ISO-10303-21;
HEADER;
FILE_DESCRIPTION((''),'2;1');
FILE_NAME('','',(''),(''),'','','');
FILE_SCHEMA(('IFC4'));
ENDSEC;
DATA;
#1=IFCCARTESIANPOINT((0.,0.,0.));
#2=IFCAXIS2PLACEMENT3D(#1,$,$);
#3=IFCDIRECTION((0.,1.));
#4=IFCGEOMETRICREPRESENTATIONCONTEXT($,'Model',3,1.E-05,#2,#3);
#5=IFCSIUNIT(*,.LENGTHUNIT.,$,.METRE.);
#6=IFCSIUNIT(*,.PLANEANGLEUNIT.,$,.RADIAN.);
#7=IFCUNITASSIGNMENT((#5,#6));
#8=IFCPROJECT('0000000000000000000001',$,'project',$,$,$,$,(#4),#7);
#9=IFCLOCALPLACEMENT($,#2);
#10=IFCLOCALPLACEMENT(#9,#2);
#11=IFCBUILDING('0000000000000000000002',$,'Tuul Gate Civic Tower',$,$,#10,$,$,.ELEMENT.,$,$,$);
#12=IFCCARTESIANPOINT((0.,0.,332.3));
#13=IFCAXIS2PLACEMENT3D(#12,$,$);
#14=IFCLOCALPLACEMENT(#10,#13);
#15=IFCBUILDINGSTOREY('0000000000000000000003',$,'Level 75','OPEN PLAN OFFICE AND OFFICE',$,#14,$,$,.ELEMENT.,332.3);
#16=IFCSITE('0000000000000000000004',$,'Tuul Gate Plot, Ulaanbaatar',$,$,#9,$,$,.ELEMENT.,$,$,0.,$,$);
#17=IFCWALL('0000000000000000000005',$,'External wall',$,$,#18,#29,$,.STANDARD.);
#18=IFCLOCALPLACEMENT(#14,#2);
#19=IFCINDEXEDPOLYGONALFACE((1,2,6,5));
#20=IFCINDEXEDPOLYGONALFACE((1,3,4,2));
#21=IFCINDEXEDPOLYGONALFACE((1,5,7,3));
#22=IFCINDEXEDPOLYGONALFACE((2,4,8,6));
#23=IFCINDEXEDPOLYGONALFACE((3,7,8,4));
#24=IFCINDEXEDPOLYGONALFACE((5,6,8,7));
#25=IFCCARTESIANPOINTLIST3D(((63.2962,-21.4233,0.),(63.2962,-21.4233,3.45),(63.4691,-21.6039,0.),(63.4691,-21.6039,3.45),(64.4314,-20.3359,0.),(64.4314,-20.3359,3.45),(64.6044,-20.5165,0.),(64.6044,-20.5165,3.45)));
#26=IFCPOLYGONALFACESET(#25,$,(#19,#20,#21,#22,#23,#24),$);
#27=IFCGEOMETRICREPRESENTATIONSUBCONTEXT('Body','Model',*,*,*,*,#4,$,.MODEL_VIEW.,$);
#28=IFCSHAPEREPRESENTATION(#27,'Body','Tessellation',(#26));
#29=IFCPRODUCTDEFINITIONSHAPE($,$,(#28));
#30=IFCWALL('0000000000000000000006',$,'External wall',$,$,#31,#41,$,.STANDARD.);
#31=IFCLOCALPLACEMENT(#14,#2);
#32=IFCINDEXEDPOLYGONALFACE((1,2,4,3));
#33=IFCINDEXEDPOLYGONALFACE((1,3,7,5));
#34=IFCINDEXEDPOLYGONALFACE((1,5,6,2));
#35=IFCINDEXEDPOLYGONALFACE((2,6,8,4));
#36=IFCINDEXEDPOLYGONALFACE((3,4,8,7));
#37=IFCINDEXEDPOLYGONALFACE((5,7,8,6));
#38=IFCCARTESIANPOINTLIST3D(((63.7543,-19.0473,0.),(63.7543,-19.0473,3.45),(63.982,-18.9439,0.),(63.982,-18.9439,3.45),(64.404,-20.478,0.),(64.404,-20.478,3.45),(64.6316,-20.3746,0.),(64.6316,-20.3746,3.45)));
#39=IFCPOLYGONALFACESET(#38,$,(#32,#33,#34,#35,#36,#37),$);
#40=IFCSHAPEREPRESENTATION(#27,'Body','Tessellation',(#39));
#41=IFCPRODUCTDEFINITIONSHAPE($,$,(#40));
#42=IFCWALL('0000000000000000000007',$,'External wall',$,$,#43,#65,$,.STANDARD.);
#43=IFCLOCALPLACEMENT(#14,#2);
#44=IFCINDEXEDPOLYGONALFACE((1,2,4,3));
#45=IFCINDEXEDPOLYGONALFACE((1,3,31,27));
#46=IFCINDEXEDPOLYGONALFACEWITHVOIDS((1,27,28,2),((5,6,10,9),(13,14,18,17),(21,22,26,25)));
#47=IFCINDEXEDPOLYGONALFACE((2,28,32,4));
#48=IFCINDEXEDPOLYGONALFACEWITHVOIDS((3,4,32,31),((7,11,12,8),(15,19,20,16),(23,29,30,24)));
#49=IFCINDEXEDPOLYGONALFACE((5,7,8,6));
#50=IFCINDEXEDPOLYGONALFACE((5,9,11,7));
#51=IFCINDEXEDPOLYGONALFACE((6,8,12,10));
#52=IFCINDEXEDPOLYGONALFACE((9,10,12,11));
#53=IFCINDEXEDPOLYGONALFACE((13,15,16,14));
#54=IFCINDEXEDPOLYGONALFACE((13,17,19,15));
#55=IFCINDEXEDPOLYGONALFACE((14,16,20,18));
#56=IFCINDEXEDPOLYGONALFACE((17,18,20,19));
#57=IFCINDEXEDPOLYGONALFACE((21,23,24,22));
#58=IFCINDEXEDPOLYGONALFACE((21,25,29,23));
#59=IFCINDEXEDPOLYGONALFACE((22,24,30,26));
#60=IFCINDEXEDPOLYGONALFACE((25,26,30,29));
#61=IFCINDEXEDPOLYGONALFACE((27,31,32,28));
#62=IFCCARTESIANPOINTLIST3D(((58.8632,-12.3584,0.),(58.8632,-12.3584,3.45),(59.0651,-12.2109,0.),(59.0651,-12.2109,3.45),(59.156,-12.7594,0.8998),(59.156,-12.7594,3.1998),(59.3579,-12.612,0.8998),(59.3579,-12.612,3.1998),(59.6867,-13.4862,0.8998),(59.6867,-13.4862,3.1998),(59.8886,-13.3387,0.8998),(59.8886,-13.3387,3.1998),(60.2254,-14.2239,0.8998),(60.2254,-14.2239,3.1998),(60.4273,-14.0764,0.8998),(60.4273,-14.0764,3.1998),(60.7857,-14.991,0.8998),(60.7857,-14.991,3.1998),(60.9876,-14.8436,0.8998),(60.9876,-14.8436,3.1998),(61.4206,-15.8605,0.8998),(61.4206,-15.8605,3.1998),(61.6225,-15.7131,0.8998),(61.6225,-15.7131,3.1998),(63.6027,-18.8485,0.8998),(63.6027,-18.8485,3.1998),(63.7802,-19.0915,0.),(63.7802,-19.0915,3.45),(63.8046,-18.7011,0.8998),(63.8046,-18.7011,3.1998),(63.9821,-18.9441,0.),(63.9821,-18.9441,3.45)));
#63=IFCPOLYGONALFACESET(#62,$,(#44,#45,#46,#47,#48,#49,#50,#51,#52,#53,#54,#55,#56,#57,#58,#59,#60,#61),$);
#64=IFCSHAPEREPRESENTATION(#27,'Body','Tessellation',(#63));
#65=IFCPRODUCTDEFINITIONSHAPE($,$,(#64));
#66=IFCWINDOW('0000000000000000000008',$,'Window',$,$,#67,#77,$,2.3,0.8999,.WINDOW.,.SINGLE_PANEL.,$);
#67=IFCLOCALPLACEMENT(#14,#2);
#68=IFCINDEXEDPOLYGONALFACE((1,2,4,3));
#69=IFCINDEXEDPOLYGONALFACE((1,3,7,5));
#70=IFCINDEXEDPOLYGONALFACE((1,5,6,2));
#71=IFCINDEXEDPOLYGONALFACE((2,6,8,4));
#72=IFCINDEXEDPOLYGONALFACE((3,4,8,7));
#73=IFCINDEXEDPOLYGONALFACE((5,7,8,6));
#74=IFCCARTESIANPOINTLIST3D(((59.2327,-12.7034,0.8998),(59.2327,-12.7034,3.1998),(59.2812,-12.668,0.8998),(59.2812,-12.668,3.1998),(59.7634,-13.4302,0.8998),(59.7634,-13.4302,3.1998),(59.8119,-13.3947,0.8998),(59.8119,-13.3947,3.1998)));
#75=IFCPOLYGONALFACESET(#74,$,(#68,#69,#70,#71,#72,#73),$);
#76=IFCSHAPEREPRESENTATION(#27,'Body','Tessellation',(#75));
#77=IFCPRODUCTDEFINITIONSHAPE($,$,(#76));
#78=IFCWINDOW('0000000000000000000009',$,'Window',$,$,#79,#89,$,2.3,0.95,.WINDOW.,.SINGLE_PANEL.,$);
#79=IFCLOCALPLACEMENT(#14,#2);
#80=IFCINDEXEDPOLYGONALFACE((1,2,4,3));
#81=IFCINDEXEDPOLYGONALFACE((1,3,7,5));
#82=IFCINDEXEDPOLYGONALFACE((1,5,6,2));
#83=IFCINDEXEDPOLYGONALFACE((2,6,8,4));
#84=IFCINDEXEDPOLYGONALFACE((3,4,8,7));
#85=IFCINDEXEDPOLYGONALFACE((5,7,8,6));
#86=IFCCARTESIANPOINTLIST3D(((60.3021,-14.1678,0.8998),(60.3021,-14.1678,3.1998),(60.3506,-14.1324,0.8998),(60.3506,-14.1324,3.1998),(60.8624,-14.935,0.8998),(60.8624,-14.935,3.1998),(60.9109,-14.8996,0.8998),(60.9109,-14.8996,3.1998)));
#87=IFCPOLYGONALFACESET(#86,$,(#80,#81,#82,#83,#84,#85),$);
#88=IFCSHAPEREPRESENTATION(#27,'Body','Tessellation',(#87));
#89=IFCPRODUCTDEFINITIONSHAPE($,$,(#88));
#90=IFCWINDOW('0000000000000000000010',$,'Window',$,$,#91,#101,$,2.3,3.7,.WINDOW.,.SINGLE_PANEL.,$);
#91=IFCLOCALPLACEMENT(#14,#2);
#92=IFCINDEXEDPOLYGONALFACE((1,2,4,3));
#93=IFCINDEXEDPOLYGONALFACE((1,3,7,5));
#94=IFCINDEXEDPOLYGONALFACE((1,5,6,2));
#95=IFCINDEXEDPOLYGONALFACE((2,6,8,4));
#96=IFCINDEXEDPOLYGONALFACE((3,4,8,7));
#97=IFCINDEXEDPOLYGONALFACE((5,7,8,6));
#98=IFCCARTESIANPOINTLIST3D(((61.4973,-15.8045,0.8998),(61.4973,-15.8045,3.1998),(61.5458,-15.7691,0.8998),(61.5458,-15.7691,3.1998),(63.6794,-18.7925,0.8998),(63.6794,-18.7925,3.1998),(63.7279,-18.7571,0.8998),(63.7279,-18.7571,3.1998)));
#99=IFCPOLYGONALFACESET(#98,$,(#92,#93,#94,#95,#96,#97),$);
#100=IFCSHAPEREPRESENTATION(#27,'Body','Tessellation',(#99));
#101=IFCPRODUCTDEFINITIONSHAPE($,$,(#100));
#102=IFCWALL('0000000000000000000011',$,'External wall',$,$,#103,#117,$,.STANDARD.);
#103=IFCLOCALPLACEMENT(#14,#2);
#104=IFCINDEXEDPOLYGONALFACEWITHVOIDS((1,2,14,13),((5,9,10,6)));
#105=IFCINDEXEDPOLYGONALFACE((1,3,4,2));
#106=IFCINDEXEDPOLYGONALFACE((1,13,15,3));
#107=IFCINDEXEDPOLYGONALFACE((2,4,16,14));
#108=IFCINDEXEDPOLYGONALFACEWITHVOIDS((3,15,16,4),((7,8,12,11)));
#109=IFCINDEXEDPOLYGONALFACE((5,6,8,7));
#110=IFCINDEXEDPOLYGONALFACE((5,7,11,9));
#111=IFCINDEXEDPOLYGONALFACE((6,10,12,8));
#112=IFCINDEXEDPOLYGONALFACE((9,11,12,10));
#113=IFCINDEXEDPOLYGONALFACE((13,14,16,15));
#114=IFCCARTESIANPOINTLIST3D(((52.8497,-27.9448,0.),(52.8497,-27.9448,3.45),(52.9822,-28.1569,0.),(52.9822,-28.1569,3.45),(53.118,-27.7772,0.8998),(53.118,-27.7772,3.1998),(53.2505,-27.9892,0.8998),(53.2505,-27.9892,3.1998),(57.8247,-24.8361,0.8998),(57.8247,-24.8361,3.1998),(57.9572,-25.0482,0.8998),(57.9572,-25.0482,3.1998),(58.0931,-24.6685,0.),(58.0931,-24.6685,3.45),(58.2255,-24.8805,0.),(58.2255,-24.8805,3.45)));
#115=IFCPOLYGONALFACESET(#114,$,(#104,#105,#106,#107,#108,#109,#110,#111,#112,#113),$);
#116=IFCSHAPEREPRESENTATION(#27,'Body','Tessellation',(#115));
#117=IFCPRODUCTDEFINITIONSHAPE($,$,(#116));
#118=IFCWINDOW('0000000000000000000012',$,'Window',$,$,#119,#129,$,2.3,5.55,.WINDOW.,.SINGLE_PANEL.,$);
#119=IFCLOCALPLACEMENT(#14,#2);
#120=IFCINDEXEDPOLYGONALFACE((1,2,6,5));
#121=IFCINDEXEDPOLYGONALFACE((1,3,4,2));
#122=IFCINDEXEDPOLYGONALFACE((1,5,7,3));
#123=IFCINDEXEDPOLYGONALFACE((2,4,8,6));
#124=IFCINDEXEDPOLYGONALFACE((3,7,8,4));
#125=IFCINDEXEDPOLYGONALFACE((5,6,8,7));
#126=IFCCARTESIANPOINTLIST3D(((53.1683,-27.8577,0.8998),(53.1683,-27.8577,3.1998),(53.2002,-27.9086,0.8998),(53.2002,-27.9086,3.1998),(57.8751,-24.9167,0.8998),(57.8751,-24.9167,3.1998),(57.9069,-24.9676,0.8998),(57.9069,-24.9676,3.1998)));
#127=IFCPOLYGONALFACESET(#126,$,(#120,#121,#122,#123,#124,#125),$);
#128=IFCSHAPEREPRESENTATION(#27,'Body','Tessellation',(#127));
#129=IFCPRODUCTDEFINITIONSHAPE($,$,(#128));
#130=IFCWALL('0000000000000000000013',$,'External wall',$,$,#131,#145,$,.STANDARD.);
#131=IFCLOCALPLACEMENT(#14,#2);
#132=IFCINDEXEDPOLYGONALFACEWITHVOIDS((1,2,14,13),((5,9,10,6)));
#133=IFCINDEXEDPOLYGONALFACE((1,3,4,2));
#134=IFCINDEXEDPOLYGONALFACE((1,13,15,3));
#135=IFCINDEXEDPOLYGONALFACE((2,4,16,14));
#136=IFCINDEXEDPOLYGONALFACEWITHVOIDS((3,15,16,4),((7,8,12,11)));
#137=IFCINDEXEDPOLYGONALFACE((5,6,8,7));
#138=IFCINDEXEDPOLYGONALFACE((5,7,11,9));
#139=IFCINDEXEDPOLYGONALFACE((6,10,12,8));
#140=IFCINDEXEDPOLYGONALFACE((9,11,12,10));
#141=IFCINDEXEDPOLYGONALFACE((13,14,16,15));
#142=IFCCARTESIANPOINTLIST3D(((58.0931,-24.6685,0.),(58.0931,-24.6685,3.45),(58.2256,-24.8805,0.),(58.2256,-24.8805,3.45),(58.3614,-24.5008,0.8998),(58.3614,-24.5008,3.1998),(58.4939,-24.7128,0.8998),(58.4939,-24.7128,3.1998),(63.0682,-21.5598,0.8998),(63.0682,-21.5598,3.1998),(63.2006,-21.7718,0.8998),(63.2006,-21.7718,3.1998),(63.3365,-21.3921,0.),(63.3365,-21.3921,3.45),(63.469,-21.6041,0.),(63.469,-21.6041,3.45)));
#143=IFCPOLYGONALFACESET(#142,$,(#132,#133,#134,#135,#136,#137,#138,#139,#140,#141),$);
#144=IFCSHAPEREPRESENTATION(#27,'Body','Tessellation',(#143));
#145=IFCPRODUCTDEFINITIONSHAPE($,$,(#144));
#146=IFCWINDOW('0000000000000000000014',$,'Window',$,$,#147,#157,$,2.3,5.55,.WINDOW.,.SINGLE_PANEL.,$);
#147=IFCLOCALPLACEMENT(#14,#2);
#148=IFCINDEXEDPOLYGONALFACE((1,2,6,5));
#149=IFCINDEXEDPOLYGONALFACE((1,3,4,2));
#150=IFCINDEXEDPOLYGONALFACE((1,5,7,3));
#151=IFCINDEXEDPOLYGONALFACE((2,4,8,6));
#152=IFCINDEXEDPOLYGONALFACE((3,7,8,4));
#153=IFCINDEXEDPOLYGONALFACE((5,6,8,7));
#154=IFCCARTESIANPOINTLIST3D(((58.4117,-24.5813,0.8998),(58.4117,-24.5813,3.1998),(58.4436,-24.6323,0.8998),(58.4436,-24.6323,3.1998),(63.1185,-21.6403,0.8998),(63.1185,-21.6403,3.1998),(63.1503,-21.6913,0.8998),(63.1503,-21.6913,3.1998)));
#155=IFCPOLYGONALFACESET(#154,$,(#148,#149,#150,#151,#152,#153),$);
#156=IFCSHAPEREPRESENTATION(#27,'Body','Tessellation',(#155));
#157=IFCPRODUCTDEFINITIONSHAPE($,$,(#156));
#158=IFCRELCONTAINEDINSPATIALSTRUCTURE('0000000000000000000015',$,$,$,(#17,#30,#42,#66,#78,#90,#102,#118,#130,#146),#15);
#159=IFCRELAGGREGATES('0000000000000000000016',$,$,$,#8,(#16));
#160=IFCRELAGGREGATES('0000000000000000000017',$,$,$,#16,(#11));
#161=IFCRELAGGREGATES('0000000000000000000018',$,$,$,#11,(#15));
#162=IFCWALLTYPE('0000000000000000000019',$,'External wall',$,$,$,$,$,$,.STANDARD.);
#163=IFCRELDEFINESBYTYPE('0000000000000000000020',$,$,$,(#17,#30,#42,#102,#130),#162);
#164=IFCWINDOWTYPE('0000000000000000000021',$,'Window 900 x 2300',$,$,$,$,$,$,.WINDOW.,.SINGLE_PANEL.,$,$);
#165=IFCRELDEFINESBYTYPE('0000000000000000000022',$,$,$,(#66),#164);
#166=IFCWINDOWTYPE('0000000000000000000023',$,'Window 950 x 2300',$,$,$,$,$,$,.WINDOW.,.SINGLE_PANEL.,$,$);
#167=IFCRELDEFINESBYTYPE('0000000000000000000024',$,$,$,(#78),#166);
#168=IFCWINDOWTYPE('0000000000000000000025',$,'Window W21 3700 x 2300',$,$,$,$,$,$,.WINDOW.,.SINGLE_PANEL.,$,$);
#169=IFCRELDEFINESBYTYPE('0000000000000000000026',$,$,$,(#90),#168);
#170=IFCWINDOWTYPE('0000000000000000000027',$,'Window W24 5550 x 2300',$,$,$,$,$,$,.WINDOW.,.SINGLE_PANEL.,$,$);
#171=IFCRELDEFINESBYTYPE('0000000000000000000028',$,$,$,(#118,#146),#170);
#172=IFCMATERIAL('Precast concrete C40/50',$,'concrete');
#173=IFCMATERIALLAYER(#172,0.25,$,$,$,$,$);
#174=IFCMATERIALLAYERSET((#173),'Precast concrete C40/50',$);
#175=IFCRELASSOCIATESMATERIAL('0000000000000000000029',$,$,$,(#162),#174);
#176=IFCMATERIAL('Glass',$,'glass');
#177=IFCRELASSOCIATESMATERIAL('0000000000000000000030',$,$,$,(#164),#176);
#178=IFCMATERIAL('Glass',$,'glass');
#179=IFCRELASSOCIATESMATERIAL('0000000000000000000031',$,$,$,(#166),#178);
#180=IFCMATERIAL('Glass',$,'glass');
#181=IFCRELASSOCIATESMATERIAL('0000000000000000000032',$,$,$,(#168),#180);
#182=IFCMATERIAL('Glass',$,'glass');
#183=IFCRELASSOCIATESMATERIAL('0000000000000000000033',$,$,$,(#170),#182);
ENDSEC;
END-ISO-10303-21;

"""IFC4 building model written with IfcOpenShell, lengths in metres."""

from ifc_helpers import new_model, si_unit, direction, frame, frame_2d, origin, place, context, subcontext, project, spatial, rectangle, extrude, material, layer, layer_set, type_object, element, fill, save


model = new_model("IFC4")

# Units and contexts
model_context = context("Model", 3, precision=1e-05, world=origin(), true_north=direction((0.0, 1.0)))
body_context = subcontext(model_context, "Body", "Model", "MODEL_VIEW")
ifc_project = project(units=[si_unit("LENGTHUNIT", "METRE"), si_unit("PLANEANGLEUNIT", "RADIAN")], contexts=[model_context])

# Site, building, storey
site_placement = place(None, origin())
site = spatial("IfcSite", under=ifc_project, at=site_placement, Name="Tuul Gate Plot, Ulaanbaatar", CompositionType="ELEMENT", RefElevation=0.0)
building_placement = place(site_placement, origin())
building = spatial("IfcBuilding", under=site, at=building_placement, Name="Tuul Gate Civic Tower", CompositionType="ELEMENT")
storey_placement = place(building_placement, frame((0.0, 0.0, 332.3)))
storey = spatial("IfcBuildingStorey", under=building, at=storey_placement, Name="Level 75", Description="OPEN PLAN OFFICE AND OFFICE", CompositionType="ELEMENT", Elevation=332.3)

# Walls
ifc_material_1 = material(Name="Precast concrete C40/50", Category="concrete")
ifc_layer_1 = layer(ifc_material_1, 0.25)
ifc_layer_set_1 = layer_set([ifc_layer_1], Name="Precast concrete C40/50")
wall_type_1 = type_object("IfcWallType", Name="External wall", PredefinedType="STANDARD", material=ifc_layer_set_1)
wall_1_placement = place(storey_placement, frame((63.3826, -21.5137, 0.0), z_axis=(0.0, 0.0, 1.0), x_axis=(0.722163, 0.691723, 0.0)))
element("IfcWall", 1, at=wall_1_placement, inside=storey, type_object=wall_type_1, Name="External wall", PredefinedType="STANDARD", context=body_context, shape_type="SweptSolid", body=[
    extrude(rectangle(XDim=1.572, YDim=0.25, at=frame_2d((0.7861, 0.0))), origin(), (0.0, 0.0, 1.0), 3.45),
])
wall_2_placement = place(storey_placement, frame((64.5178, -20.4263, 0.0), z_axis=(0.0, 0.0, 1.0), x_axis=(-0.413463, 0.910521, 0.0)))
element("IfcWall", 2, at=wall_2_placement, inside=storey, type_object=wall_type_1, Name="External wall", PredefinedType="STANDARD", context=body_context, shape_type="SweptSolid", body=[
    extrude(rectangle(XDim=1.5713, YDim=0.25, at=frame_2d((0.7856, 0.0))), origin(), (0.0, 0.0, 1.0), 3.45),
])

# Wall, openings, windows
wall_3_placement = place(storey_placement, frame((63.8811, -19.0178, 0.0), z_axis=(0.0, 0.0, 1.0), x_axis=(-0.589752, 0.807585, 0.0)))
wall_3 = element("IfcWall", 3, at=wall_3_placement, inside=storey, type_object=wall_type_1, Name="External wall", PredefinedType="STANDARD", context=body_context, shape_type="SweptSolid", body=[
    extrude(rectangle(XDim=8.3374, YDim=0.25, at=frame_2d((4.1687, 0.0))), origin(), (0.0, 0.0, 1.0), 3.45),
])
opening_1_placement = place(wall_3_placement, frame((0.3008, 0.0, 0.8999)))
opening_1 = element("IfcOpeningElement", 4, at=opening_1_placement, cuts=wall_3, PredefinedType="OPENING", context=body_context, shape_type="SweptSolid", body=[
    extrude(rectangle(XDim=3.7, YDim=2.3, at=frame_2d((1.8501, 1.1499))), frame((0.0, 0.135, 0.0), z_axis=(0.0, -1.0, 0.0), x_axis=(1.0, 0.0, 0.0)), (0.0, 0.0, 1.0), 0.27),
])
opening_2_placement = place(wall_3_placement, frame((5.0774, 0.0, 0.8999)))
opening_2 = element("IfcOpeningElement", 5, at=opening_2_placement, cuts=wall_3, PredefinedType="OPENING", context=body_context, shape_type="SweptSolid", body=[
    extrude(rectangle(XDim=0.95, YDim=2.3, at=frame_2d((0.4751, 1.1499))), frame((0.0, 0.135, 0.0), z_axis=(0.0, -1.0, 0.0), x_axis=(1.0, 0.0, 0.0)), (0.0, 0.0, 1.0), 0.27),
])
opening_3_placement = place(wall_3_placement, frame((6.9409, 0.0, 0.8999)))
opening_3 = element("IfcOpeningElement", 6, at=opening_3_placement, cuts=wall_3, PredefinedType="OPENING", context=body_context, shape_type="SweptSolid", body=[
    extrude(rectangle(XDim=0.8999, YDim=2.3, at=frame_2d((0.45, 1.1499))), frame((0.0, 0.135, 0.0), z_axis=(0.0, -1.0, 0.0), x_axis=(1.0, 0.0, 0.0)), (0.0, 0.0, 1.0), 0.27),
])
ifc_material_2 = material(Name="Glass", Category="glass")
window_type_1 = type_object("IfcWindowType", Name="Window 900 x 2300", PartitioningType="SINGLE_PANEL", PredefinedType="WINDOW", material=ifc_material_2)
window_1_placement = place(opening_3_placement, origin())
window_1 = element("IfcWindow", 7, at=window_1_placement, inside=storey, type_object=window_type_1, Name="Window", OverallHeight=2.3, OverallWidth=0.8999, PartitioningType="SINGLE_PANEL", PredefinedType="WINDOW", context=body_context, shape_type="SweptSolid", body=[
    extrude(rectangle(XDim=0.8999, YDim=2.3, at=frame_2d((0.45, 1.1499))), frame((0.0, 0.03, 0.0), z_axis=(0.0, -1.0, 0.0), x_axis=(1.0, 0.0, 0.0)), (0.0, 0.0, 1.0), 0.0601),
])
fill(opening_3, window_1)
ifc_material_3 = material(Name="Glass", Category="glass")
window_type_2 = type_object("IfcWindowType", Name="Window 950 x 2300", PartitioningType="SINGLE_PANEL", PredefinedType="WINDOW", material=ifc_material_3)
window_2_placement = place(opening_2_placement, origin())
window_2 = element("IfcWindow", 8, at=window_2_placement, inside=storey, type_object=window_type_2, Name="Window", OverallHeight=2.3, OverallWidth=0.95, PartitioningType="SINGLE_PANEL", PredefinedType="WINDOW", context=body_context, shape_type="SweptSolid", body=[
    extrude(rectangle(XDim=0.95, YDim=2.3, at=frame_2d((0.4751, 1.1499))), frame((0.0, 0.03, 0.0), z_axis=(0.0, -1.0, 0.0), x_axis=(1.0, 0.0, 0.0)), (0.0, 0.0, 1.0), 0.0601),
])
fill(opening_2, window_2)
ifc_material_4 = material(Name="Glass", Category="glass")
window_type_3 = type_object("IfcWindowType", Name="Window W21 3700 x 2300", PartitioningType="SINGLE_PANEL", PredefinedType="WINDOW", material=ifc_material_4)
window_3_placement = place(opening_1_placement, origin())
window_3 = element("IfcWindow", 9, at=window_3_placement, inside=storey, type_object=window_type_3, Name="Window", OverallHeight=2.3, OverallWidth=3.7, PartitioningType="SINGLE_PANEL", PredefinedType="WINDOW", context=body_context, shape_type="SweptSolid", body=[
    extrude(rectangle(XDim=3.7, YDim=2.3, at=frame_2d((1.8501, 1.1499))), frame((0.0, 0.03, 0.0), z_axis=(0.0, -1.0, 0.0), x_axis=(1.0, 0.0, 0.0)), (0.0, 0.0, 1.0), 0.0601),
])
fill(opening_1, window_3)

# Walls, openings, windows
wall_4_placement = place(storey_placement, frame((52.916, -28.0508, 0.0), z_axis=(0.0, 0.0, 1.0), x_axis=(0.848054, 0.52991, 0.0)))
wall_4 = element("IfcWall", 10, at=wall_4_placement, inside=storey, type_object=wall_type_1, Name="External wall", PredefinedType="STANDARD", context=body_context, shape_type="SweptSolid", body=[
    extrude(rectangle(XDim=6.1829, YDim=0.25, at=frame_2d((3.0913, 0.0))), origin(), (0.0, 0.0, 1.0), 3.45),
])
opening_4_placement = place(wall_4_placement, frame((0.3164, 0.0, 0.8999)))
opening_4 = element("IfcOpeningElement", 11, at=opening_4_placement, cuts=wall_4, PredefinedType="OPENING", context=body_context, shape_type="SweptSolid", body=[
    extrude(rectangle(XDim=5.55, YDim=2.3, at=frame_2d((2.7749, 1.1499))), frame((0.0, 0.135, 0.0), z_axis=(0.0, -1.0, 0.0), x_axis=(1.0, 0.0, 0.0)), (0.0, 0.0, 1.0), 0.27),
])
ifc_material_5 = material(Name="Glass", Category="glass")
window_type_4 = type_object("IfcWindowType", Name="Window W24 5550 x 2300", PartitioningType="SINGLE_PANEL", PredefinedType="WINDOW", material=ifc_material_5)
window_4_placement = place(opening_4_placement, origin())
window_4 = element("IfcWindow", 12, at=window_4_placement, inside=storey, type_object=window_type_4, Name="Window", OverallHeight=2.3, OverallWidth=5.55, PartitioningType="SINGLE_PANEL", PredefinedType="WINDOW", context=body_context, shape_type="SweptSolid", body=[
    extrude(rectangle(XDim=5.55, YDim=2.3, at=frame_2d((2.7749, 1.1499))), frame((0.0, 0.03, 0.0), z_axis=(0.0, -1.0, 0.0), x_axis=(1.0, 0.0, 0.0)), (0.0, 0.0, 1.0), 0.0601),
])
fill(opening_4, window_4)
wall_5_placement = place(storey_placement, frame((58.1594, -24.7744, 0.0), z_axis=(0.0, 0.0, 1.0), x_axis=(0.848054, 0.52991, 0.0)))
wall_5 = element("IfcWall", 13, at=wall_5_placement, inside=storey, type_object=wall_type_1, Name="External wall", PredefinedType="STANDARD", context=body_context, shape_type="SweptSolid", body=[
    extrude(rectangle(XDim=6.1829, YDim=0.25, at=frame_2d((3.0913, 0.0))), origin(), (0.0, 0.0, 1.0), 3.45),
])
opening_5_placement = place(wall_5_placement, frame((0.3164, 0.0, 0.8999)))
opening_5 = element("IfcOpeningElement", 14, at=opening_5_placement, cuts=wall_5, PredefinedType="OPENING", context=body_context, shape_type="SweptSolid", body=[
    extrude(rectangle(XDim=5.55, YDim=2.3, at=frame_2d((2.7749, 1.1499))), frame((0.0, 0.135, 0.0), z_axis=(0.0, -1.0, 0.0), x_axis=(1.0, 0.0, 0.0)), (0.0, 0.0, 1.0), 0.27),
])
window_5_placement = place(opening_5_placement, origin())
window_5 = element("IfcWindow", 15, at=window_5_placement, inside=storey, type_object=window_type_4, Name="Window", OverallHeight=2.3, OverallWidth=5.55, PartitioningType="SINGLE_PANEL", PredefinedType="WINDOW", context=body_context, shape_type="SweptSolid", body=[
    extrude(rectangle(XDim=5.55, YDim=2.3, at=frame_2d((2.7749, 1.1499))), frame((0.0, 0.03, 0.0), z_axis=(0.0, -1.0, 0.0), x_axis=(1.0, 0.0, 0.0)), (0.0, 0.0, 1.0), 0.0601),
])
fill(opening_5, window_5)

save(model, "model.ifc")
